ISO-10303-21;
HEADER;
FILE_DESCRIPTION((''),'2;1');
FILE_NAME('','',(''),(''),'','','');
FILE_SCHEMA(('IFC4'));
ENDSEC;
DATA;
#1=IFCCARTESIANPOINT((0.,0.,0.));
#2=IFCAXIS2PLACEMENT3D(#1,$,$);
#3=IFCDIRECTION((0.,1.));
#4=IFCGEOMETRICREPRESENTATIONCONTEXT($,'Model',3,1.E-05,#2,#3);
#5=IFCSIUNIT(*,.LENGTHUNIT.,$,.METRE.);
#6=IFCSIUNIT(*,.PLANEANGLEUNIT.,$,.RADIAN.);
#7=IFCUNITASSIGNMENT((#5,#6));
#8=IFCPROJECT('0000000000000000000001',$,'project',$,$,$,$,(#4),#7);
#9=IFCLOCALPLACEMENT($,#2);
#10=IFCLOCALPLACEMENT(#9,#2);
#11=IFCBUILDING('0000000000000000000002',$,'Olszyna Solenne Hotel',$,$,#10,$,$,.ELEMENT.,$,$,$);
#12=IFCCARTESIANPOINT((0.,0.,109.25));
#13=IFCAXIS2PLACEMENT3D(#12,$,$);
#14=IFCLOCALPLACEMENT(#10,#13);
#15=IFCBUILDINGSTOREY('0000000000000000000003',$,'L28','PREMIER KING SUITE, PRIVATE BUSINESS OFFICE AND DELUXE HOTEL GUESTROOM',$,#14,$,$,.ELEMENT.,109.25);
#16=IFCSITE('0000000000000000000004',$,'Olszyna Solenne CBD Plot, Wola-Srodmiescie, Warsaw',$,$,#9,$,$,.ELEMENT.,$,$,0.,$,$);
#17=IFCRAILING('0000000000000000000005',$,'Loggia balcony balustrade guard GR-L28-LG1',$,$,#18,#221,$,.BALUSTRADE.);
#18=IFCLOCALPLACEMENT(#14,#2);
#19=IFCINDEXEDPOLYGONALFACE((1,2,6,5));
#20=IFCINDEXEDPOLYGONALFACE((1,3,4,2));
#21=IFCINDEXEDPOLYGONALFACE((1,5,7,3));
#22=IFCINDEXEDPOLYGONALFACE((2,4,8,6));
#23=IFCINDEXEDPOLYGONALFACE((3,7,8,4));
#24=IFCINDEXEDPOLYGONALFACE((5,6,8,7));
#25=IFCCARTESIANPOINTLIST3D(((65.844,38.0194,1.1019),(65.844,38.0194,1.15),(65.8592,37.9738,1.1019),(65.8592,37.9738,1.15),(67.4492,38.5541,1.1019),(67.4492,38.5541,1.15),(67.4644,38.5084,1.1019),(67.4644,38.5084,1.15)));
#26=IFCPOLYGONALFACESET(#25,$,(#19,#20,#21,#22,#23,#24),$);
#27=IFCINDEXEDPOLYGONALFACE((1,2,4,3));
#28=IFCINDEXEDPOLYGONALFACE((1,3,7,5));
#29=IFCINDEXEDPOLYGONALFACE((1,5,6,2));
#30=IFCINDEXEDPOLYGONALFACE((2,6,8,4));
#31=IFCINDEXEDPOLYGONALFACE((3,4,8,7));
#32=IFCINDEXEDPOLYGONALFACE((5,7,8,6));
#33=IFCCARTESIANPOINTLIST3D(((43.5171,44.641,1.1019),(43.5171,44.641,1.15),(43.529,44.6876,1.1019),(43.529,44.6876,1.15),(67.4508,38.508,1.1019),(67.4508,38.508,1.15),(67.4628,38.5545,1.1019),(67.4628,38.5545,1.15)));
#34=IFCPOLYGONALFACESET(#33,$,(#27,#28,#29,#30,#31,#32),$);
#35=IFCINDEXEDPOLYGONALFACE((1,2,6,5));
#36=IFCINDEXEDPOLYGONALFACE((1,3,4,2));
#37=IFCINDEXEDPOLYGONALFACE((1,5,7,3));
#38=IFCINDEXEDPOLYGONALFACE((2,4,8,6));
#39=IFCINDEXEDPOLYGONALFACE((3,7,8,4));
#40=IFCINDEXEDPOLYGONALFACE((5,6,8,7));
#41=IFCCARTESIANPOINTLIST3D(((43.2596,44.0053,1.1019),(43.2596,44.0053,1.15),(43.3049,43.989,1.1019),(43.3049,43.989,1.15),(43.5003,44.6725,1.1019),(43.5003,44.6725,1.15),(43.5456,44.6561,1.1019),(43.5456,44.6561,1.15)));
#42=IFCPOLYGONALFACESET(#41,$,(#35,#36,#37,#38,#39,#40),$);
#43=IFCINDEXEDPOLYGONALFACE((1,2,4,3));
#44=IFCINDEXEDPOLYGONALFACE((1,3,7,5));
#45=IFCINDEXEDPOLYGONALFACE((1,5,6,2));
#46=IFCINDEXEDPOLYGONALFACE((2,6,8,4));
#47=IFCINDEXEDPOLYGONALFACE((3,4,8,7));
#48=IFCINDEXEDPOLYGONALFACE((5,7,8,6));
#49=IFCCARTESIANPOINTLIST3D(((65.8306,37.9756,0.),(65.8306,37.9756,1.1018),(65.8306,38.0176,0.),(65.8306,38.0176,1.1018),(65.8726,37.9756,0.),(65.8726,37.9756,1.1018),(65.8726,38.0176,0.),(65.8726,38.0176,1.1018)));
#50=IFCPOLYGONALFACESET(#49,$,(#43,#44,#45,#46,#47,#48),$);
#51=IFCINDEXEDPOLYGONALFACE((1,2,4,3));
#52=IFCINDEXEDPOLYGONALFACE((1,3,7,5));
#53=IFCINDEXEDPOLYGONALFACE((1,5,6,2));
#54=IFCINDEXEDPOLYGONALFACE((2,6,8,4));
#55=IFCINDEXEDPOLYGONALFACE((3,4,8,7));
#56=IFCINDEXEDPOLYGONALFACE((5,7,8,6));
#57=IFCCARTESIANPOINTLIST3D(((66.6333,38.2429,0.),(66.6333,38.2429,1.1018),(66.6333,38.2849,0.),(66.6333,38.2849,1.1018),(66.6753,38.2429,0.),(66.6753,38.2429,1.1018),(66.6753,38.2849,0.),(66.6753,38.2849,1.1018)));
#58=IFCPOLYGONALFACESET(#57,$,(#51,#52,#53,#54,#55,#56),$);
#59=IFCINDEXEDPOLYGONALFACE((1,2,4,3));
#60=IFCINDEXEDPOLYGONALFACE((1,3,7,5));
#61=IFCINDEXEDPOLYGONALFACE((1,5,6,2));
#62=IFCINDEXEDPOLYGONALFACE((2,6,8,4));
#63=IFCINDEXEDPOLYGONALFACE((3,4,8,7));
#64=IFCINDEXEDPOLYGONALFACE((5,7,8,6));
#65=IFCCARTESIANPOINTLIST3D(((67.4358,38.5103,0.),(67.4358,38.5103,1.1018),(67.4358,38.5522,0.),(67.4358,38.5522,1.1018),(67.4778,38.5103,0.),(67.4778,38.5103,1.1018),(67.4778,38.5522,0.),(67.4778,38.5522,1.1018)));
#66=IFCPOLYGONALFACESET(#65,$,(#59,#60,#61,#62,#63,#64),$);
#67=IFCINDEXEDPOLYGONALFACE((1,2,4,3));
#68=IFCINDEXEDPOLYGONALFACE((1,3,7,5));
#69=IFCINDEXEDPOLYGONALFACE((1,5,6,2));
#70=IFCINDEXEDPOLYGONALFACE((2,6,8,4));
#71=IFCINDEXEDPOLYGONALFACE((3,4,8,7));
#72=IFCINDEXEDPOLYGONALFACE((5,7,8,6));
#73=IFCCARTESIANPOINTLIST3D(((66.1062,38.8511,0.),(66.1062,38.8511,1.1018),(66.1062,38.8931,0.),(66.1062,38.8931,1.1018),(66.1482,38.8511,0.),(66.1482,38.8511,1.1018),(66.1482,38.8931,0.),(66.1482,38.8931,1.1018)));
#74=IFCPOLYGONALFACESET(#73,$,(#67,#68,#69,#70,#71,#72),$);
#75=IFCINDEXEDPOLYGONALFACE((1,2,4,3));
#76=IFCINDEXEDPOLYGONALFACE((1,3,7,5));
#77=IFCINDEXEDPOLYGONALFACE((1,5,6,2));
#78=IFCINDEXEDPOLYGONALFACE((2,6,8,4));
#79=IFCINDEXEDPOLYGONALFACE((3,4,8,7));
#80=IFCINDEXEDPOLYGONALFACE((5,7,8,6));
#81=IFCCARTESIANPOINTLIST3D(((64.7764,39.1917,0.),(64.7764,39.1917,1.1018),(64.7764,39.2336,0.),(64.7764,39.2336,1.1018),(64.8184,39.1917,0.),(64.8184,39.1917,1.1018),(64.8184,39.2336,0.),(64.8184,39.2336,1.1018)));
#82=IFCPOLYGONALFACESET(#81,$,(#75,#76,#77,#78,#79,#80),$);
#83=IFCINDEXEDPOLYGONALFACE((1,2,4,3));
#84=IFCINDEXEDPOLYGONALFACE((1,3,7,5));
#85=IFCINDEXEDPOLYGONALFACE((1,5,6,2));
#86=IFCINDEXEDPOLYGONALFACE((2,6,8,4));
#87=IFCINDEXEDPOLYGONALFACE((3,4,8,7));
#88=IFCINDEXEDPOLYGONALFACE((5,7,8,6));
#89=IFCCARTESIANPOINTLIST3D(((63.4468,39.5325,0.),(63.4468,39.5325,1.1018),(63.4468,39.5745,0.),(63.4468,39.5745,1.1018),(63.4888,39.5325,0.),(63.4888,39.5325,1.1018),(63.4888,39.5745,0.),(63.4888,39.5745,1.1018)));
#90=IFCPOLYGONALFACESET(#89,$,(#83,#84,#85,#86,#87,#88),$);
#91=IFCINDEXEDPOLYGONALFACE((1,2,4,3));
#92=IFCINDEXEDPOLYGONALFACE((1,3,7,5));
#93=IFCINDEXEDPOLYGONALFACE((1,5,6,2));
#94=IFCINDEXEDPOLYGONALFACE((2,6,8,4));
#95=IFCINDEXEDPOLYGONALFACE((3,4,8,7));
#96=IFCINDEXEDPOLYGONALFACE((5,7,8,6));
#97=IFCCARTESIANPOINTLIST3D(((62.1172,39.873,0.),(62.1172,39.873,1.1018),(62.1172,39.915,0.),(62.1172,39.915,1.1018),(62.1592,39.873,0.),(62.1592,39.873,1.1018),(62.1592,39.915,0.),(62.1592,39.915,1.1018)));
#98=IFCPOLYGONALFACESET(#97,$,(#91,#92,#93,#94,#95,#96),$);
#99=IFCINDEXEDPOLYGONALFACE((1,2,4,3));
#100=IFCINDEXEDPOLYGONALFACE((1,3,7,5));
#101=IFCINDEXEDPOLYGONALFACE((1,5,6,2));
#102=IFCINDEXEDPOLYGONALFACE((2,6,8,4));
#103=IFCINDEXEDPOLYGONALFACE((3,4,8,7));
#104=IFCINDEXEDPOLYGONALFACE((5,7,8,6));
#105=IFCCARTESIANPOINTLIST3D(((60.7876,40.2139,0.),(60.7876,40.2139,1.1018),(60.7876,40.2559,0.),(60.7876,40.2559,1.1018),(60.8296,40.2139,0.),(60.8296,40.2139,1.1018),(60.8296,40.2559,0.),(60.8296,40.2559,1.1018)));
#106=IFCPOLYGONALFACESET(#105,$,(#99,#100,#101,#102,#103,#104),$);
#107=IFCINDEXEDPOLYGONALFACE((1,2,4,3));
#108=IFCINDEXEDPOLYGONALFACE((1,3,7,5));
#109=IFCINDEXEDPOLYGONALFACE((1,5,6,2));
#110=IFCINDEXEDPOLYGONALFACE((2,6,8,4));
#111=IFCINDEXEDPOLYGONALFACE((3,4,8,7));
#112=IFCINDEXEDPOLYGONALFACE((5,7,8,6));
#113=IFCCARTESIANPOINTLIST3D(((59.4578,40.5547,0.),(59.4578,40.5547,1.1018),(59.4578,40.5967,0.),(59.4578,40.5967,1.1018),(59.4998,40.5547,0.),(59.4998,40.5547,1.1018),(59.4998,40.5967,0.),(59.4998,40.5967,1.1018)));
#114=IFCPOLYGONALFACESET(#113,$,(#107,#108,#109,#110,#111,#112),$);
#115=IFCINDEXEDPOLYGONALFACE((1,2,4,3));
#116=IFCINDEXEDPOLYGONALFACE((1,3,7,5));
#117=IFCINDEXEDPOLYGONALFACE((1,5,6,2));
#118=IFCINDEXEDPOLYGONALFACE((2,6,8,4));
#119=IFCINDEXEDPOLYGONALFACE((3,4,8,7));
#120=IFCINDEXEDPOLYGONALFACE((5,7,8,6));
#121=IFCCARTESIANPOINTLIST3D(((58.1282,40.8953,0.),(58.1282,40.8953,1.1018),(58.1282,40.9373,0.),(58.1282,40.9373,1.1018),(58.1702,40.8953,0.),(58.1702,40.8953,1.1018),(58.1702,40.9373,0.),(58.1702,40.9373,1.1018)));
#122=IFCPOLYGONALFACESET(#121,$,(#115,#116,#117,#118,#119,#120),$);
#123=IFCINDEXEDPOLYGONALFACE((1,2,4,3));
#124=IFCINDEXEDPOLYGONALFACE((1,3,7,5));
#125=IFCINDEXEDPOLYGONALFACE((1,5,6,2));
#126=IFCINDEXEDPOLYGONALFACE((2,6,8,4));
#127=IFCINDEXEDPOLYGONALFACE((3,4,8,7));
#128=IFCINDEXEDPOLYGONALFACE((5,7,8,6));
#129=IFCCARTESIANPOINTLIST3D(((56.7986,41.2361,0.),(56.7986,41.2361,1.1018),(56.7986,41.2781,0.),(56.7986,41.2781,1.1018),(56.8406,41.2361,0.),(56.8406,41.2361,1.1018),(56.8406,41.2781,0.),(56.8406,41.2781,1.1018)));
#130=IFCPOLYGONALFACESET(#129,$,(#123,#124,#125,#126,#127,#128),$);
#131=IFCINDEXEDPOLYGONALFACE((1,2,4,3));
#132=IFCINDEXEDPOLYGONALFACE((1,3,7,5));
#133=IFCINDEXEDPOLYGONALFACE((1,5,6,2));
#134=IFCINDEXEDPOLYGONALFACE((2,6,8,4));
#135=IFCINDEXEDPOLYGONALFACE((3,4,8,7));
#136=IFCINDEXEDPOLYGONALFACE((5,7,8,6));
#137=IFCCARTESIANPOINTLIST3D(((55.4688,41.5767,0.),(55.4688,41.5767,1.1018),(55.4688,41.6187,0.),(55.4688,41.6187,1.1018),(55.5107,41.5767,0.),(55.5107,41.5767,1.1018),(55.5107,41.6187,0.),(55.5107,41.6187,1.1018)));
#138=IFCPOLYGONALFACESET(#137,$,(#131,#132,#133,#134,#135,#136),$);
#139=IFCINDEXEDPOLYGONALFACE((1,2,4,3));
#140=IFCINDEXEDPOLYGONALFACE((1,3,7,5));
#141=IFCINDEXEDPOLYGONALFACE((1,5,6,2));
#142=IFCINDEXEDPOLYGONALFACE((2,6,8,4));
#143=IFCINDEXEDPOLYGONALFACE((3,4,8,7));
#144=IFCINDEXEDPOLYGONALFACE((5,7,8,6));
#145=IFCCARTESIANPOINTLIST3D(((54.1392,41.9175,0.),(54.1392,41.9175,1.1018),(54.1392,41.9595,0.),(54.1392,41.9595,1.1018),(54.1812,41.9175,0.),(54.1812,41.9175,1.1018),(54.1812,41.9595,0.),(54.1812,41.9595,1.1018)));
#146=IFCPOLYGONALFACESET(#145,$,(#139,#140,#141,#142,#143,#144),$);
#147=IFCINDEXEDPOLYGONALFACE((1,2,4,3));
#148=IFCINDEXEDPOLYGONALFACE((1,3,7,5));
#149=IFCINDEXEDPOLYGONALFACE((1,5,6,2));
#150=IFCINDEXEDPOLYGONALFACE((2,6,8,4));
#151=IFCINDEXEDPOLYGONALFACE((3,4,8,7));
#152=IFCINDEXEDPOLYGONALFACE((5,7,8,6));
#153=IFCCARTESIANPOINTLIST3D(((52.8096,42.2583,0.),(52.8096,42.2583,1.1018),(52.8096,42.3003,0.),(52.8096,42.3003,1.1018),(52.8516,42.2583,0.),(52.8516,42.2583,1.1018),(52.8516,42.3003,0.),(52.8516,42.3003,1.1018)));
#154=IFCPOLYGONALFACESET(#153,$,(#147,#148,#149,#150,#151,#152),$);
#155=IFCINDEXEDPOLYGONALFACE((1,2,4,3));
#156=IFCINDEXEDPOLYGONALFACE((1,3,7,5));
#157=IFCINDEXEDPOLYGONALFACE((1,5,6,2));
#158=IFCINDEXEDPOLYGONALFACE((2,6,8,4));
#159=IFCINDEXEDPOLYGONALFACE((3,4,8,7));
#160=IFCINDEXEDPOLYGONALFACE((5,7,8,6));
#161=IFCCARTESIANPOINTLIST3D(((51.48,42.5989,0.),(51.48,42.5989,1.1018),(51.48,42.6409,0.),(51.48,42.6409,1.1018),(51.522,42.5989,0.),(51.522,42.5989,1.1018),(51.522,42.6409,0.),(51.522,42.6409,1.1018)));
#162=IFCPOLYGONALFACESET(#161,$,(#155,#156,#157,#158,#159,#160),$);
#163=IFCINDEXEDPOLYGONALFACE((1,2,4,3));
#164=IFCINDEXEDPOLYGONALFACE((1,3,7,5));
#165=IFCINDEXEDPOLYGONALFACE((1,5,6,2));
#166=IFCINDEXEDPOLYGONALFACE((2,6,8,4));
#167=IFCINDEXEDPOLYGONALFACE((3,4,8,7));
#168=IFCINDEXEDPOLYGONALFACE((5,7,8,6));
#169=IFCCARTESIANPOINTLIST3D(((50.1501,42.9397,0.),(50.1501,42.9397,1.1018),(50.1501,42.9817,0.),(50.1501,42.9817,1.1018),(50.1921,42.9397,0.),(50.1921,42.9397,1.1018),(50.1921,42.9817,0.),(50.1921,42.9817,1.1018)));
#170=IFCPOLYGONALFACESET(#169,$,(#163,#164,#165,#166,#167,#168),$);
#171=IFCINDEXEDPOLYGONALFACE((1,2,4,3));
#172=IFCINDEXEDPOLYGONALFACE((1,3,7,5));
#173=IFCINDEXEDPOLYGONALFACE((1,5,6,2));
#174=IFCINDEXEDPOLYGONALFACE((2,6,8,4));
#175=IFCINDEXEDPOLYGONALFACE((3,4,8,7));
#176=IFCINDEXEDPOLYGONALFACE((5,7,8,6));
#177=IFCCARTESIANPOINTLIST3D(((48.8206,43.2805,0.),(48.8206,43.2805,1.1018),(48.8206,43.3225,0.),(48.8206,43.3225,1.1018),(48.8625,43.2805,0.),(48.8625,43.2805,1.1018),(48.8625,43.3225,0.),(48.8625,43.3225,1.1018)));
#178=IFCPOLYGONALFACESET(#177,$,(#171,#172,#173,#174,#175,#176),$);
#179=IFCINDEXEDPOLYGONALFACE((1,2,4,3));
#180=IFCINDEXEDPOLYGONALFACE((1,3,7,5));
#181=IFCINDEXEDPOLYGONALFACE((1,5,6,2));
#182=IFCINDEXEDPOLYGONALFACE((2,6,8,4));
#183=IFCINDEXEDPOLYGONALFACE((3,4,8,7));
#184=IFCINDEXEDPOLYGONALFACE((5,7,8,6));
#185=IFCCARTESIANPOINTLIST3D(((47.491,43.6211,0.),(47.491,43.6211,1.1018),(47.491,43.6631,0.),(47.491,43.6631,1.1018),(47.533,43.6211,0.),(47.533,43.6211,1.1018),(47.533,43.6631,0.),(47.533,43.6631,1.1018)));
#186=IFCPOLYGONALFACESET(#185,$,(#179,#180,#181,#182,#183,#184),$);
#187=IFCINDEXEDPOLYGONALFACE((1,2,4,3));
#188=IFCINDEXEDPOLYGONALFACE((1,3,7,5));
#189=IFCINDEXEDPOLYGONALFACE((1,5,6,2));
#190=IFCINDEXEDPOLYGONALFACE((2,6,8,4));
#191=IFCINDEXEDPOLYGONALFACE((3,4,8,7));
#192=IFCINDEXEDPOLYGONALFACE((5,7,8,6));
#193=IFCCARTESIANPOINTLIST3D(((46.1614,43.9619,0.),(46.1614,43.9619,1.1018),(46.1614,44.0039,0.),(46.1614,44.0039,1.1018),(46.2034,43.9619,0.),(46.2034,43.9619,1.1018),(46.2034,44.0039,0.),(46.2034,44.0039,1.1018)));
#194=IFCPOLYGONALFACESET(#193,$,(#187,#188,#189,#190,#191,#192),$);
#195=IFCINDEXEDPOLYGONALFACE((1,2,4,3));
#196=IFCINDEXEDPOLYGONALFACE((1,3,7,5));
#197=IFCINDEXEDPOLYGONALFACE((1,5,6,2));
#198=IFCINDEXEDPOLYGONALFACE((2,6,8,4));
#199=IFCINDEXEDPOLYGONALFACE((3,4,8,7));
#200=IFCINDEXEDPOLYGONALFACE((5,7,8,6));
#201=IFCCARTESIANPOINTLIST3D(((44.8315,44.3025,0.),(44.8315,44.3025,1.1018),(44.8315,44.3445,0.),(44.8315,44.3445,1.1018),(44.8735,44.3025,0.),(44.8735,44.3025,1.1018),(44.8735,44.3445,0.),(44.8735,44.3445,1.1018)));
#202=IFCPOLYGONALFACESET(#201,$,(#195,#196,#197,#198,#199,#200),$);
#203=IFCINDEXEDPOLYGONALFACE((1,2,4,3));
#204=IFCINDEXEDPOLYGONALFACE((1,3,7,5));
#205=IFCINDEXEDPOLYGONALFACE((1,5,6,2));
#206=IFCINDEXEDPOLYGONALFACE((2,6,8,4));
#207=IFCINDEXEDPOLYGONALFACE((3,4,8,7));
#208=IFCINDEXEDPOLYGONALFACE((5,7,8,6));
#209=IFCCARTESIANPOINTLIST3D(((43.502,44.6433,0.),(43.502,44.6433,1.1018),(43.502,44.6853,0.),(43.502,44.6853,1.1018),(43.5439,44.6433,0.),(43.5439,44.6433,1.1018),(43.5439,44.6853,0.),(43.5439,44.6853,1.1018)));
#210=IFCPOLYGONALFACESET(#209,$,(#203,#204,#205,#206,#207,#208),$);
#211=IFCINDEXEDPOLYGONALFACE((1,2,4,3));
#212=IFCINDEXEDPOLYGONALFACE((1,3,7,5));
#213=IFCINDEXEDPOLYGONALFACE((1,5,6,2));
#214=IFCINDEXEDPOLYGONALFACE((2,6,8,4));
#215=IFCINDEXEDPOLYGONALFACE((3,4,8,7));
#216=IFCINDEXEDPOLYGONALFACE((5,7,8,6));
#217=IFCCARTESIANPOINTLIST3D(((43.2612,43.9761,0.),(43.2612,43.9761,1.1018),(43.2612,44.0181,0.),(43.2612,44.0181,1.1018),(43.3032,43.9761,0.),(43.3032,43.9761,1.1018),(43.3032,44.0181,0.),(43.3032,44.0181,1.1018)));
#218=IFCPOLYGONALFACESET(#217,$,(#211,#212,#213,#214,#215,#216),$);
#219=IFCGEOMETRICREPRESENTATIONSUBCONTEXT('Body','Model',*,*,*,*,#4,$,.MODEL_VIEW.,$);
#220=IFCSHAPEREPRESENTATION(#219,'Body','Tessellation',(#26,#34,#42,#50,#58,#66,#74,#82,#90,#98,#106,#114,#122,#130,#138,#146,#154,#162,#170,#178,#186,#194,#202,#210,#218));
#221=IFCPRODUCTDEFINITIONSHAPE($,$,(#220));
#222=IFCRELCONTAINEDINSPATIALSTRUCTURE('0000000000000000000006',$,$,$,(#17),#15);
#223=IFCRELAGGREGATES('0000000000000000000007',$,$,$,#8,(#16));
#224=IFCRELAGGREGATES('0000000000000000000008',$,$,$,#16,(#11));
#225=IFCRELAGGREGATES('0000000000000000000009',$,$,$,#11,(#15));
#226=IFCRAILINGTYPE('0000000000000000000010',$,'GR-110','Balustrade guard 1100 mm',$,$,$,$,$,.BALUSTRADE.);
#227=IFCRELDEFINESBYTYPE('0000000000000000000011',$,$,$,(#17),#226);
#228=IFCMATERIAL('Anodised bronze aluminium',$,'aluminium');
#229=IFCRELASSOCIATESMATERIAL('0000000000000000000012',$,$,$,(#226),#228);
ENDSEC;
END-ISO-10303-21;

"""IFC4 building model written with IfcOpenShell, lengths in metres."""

from ifc_helpers import new_model, si_unit, direction, frame, origin, origin_2d, place, context, subcontext, project, spatial, rectangle, extrude, material, type_object, element, save


model = new_model("IFC4")

# Units and contexts
model_context = context("Model", 3, precision=1e-05, world=origin(), true_north=direction((0.0, 1.0)))
body_context = subcontext(model_context, "Body", "Model", "MODEL_VIEW")
ifc_project = project(units=[si_unit("LENGTHUNIT", "METRE"), si_unit("PLANEANGLEUNIT", "RADIAN")], contexts=[model_context])

# Site, building, storey
site_placement = place(None, origin())
site = spatial("IfcSite", under=ifc_project, at=site_placement, Name="Olszyna Solenne CBD Plot, Wola-Srodmiescie, Warsaw", CompositionType="ELEMENT", RefElevation=0.0)
building_placement = place(site_placement, origin())
building = spatial("IfcBuilding", under=site, at=building_placement, Name="Olszyna Solenne Hotel", CompositionType="ELEMENT")
storey_placement = place(building_placement, frame((0.0, 0.0, 109.25)))
storey = spatial("IfcBuildingStorey", under=building, at=storey_placement, Name="L28", Description="PREMIER KING SUITE, PRIVATE BUSINESS OFFICE AND DELUXE HOTEL GUESTROOM", CompositionType="ELEMENT", Elevation=109.25)

# Railing
ifc_material_1 = material(Name="Anodised bronze aluminium", Category="aluminium")
railing_type = type_object("IfcRailingType", Name="GR-110", Description="Balustrade guard 1100 mm", PredefinedType="BALUSTRADE", material=ifc_material_1)
railing_placement = place(storey_placement, frame((65.8516, 37.9966, 0.0)))
element("IfcRailing", 1, at=railing_placement, inside=storey, type_object=railing_type, Name="Loggia balcony balustrade guard GR-L28-LG1", PredefinedType="BALUSTRADE", context=body_context, shape_type="SweptSolid", body=[
    extrude(rectangle(XDim=0.0481, YDim=0.0481, at=origin_2d()), frame((0.0, 0.0, 1.126), z_axis=(0.948755, 0.316011, 0.0), x_axis=(-0.316011, 0.948755, 0.0)), (0.0, 0.0, 1.0), 1.6919),
    extrude(rectangle(XDim=0.0481, YDim=0.0481, at=origin_2d()), frame((1.6052, 0.5347, 1.126), z_axis=(-0.968701, 0.24823, 0.0), x_axis=(-0.24823, -0.968701, 0.0)), (0.0, 0.0, 1.0), 24.707),
    extrude(rectangle(XDim=0.0481, YDim=0.0481, at=origin_2d()), frame((-22.3286, 6.6677, 1.126), z_axis=(-0.339365, -0.940655, 0.0), x_axis=(0.940655, -0.339365, 0.0)), (0.0, 0.0, 1.0), 0.7092),
    extrude(rectangle(XDim=0.042, YDim=0.042, at=origin_2d()), origin(), (0.0, 0.0, 1.0), 1.1018),
    extrude(rectangle(XDim=0.042, YDim=0.042, at=origin_2d()), frame((0.8027, 0.2673, 0.0)), (0.0, 0.0, 1.0), 1.1018),
    extrude(rectangle(XDim=0.042, YDim=0.042, at=origin_2d()), frame((1.6052, 0.5347, 0.0)), (0.0, 0.0, 1.0), 1.1018),
    extrude(rectangle(XDim=0.042, YDim=0.042, at=origin_2d()), frame((0.2756, 0.8755, 0.0)), (0.0, 0.0, 1.0), 1.1018),
    extrude(rectangle(XDim=0.042, YDim=0.042, at=origin_2d()), frame((-1.0542, 1.2161, 0.0)), (0.0, 0.0, 1.0), 1.1018),
    extrude(rectangle(XDim=0.042, YDim=0.042, at=origin_2d()), frame((-2.3838, 1.5569, 0.0)), (0.0, 0.0, 1.0), 1.1018),
    extrude(rectangle(XDim=0.042, YDim=0.042, at=origin_2d()), frame((-3.7134, 1.8975, 0.0)), (0.0, 0.0, 1.0), 1.1018),
    extrude(rectangle(XDim=0.042, YDim=0.042, at=origin_2d()), frame((-5.043, 2.2383, 0.0)), (0.0, 0.0, 1.0), 1.1018),
    extrude(rectangle(XDim=0.042, YDim=0.042, at=origin_2d()), frame((-6.3728, 2.5791, 0.0)), (0.0, 0.0, 1.0), 1.1018),
    extrude(rectangle(XDim=0.042, YDim=0.042, at=origin_2d()), frame((-7.7024, 2.9197, 0.0)), (0.0, 0.0, 1.0), 1.1018),
    extrude(rectangle(XDim=0.042, YDim=0.042, at=origin_2d()), frame((-9.032, 3.2605, 0.0)), (0.0, 0.0, 1.0), 1.1018),
    extrude(rectangle(XDim=0.042, YDim=0.042, at=origin_2d()), frame((-10.3618, 3.6011, 0.0)), (0.0, 0.0, 1.0), 1.1018),
    extrude(rectangle(XDim=0.042, YDim=0.042, at=origin_2d()), frame((-11.6914, 3.9419, 0.0)), (0.0, 0.0, 1.0), 1.1018),
    extrude(rectangle(XDim=0.042, YDim=0.042, at=origin_2d()), frame((-13.021, 4.2827, 0.0)), (0.0, 0.0, 1.0), 1.1018),
    extrude(rectangle(XDim=0.042, YDim=0.042, at=origin_2d()), frame((-14.3506, 4.6233, 0.0)), (0.0, 0.0, 1.0), 1.1018),
    extrude(rectangle(XDim=0.042, YDim=0.042, at=origin_2d()), frame((-15.6804, 4.9641, 0.0)), (0.0, 0.0, 1.0), 1.1018),
    extrude(rectangle(XDim=0.042, YDim=0.042, at=origin_2d()), frame((-17.01, 5.3049, 0.0)), (0.0, 0.0, 1.0), 1.1018),
    extrude(rectangle(XDim=0.042, YDim=0.042, at=origin_2d()), frame((-18.3396, 5.6455, 0.0)), (0.0, 0.0, 1.0), 1.1018),
    extrude(rectangle(XDim=0.042, YDim=0.042, at=origin_2d()), frame((-19.6692, 5.9863, 0.0)), (0.0, 0.0, 1.0), 1.1018),
    extrude(rectangle(XDim=0.042, YDim=0.042, at=origin_2d()), frame((-20.999, 6.3269, 0.0)), (0.0, 0.0, 1.0), 1.1018),
    extrude(rectangle(XDim=0.042, YDim=0.042, at=origin_2d()), frame((-22.3286, 6.6677, 0.0)), (0.0, 0.0, 1.0), 1.1018),
    extrude(rectangle(XDim=0.042, YDim=0.042, at=origin_2d()), frame((-22.5693, 6.0005, 0.0)), (0.0, 0.0, 1.0), 1.1018),
])

save(model, "model.ifc")
